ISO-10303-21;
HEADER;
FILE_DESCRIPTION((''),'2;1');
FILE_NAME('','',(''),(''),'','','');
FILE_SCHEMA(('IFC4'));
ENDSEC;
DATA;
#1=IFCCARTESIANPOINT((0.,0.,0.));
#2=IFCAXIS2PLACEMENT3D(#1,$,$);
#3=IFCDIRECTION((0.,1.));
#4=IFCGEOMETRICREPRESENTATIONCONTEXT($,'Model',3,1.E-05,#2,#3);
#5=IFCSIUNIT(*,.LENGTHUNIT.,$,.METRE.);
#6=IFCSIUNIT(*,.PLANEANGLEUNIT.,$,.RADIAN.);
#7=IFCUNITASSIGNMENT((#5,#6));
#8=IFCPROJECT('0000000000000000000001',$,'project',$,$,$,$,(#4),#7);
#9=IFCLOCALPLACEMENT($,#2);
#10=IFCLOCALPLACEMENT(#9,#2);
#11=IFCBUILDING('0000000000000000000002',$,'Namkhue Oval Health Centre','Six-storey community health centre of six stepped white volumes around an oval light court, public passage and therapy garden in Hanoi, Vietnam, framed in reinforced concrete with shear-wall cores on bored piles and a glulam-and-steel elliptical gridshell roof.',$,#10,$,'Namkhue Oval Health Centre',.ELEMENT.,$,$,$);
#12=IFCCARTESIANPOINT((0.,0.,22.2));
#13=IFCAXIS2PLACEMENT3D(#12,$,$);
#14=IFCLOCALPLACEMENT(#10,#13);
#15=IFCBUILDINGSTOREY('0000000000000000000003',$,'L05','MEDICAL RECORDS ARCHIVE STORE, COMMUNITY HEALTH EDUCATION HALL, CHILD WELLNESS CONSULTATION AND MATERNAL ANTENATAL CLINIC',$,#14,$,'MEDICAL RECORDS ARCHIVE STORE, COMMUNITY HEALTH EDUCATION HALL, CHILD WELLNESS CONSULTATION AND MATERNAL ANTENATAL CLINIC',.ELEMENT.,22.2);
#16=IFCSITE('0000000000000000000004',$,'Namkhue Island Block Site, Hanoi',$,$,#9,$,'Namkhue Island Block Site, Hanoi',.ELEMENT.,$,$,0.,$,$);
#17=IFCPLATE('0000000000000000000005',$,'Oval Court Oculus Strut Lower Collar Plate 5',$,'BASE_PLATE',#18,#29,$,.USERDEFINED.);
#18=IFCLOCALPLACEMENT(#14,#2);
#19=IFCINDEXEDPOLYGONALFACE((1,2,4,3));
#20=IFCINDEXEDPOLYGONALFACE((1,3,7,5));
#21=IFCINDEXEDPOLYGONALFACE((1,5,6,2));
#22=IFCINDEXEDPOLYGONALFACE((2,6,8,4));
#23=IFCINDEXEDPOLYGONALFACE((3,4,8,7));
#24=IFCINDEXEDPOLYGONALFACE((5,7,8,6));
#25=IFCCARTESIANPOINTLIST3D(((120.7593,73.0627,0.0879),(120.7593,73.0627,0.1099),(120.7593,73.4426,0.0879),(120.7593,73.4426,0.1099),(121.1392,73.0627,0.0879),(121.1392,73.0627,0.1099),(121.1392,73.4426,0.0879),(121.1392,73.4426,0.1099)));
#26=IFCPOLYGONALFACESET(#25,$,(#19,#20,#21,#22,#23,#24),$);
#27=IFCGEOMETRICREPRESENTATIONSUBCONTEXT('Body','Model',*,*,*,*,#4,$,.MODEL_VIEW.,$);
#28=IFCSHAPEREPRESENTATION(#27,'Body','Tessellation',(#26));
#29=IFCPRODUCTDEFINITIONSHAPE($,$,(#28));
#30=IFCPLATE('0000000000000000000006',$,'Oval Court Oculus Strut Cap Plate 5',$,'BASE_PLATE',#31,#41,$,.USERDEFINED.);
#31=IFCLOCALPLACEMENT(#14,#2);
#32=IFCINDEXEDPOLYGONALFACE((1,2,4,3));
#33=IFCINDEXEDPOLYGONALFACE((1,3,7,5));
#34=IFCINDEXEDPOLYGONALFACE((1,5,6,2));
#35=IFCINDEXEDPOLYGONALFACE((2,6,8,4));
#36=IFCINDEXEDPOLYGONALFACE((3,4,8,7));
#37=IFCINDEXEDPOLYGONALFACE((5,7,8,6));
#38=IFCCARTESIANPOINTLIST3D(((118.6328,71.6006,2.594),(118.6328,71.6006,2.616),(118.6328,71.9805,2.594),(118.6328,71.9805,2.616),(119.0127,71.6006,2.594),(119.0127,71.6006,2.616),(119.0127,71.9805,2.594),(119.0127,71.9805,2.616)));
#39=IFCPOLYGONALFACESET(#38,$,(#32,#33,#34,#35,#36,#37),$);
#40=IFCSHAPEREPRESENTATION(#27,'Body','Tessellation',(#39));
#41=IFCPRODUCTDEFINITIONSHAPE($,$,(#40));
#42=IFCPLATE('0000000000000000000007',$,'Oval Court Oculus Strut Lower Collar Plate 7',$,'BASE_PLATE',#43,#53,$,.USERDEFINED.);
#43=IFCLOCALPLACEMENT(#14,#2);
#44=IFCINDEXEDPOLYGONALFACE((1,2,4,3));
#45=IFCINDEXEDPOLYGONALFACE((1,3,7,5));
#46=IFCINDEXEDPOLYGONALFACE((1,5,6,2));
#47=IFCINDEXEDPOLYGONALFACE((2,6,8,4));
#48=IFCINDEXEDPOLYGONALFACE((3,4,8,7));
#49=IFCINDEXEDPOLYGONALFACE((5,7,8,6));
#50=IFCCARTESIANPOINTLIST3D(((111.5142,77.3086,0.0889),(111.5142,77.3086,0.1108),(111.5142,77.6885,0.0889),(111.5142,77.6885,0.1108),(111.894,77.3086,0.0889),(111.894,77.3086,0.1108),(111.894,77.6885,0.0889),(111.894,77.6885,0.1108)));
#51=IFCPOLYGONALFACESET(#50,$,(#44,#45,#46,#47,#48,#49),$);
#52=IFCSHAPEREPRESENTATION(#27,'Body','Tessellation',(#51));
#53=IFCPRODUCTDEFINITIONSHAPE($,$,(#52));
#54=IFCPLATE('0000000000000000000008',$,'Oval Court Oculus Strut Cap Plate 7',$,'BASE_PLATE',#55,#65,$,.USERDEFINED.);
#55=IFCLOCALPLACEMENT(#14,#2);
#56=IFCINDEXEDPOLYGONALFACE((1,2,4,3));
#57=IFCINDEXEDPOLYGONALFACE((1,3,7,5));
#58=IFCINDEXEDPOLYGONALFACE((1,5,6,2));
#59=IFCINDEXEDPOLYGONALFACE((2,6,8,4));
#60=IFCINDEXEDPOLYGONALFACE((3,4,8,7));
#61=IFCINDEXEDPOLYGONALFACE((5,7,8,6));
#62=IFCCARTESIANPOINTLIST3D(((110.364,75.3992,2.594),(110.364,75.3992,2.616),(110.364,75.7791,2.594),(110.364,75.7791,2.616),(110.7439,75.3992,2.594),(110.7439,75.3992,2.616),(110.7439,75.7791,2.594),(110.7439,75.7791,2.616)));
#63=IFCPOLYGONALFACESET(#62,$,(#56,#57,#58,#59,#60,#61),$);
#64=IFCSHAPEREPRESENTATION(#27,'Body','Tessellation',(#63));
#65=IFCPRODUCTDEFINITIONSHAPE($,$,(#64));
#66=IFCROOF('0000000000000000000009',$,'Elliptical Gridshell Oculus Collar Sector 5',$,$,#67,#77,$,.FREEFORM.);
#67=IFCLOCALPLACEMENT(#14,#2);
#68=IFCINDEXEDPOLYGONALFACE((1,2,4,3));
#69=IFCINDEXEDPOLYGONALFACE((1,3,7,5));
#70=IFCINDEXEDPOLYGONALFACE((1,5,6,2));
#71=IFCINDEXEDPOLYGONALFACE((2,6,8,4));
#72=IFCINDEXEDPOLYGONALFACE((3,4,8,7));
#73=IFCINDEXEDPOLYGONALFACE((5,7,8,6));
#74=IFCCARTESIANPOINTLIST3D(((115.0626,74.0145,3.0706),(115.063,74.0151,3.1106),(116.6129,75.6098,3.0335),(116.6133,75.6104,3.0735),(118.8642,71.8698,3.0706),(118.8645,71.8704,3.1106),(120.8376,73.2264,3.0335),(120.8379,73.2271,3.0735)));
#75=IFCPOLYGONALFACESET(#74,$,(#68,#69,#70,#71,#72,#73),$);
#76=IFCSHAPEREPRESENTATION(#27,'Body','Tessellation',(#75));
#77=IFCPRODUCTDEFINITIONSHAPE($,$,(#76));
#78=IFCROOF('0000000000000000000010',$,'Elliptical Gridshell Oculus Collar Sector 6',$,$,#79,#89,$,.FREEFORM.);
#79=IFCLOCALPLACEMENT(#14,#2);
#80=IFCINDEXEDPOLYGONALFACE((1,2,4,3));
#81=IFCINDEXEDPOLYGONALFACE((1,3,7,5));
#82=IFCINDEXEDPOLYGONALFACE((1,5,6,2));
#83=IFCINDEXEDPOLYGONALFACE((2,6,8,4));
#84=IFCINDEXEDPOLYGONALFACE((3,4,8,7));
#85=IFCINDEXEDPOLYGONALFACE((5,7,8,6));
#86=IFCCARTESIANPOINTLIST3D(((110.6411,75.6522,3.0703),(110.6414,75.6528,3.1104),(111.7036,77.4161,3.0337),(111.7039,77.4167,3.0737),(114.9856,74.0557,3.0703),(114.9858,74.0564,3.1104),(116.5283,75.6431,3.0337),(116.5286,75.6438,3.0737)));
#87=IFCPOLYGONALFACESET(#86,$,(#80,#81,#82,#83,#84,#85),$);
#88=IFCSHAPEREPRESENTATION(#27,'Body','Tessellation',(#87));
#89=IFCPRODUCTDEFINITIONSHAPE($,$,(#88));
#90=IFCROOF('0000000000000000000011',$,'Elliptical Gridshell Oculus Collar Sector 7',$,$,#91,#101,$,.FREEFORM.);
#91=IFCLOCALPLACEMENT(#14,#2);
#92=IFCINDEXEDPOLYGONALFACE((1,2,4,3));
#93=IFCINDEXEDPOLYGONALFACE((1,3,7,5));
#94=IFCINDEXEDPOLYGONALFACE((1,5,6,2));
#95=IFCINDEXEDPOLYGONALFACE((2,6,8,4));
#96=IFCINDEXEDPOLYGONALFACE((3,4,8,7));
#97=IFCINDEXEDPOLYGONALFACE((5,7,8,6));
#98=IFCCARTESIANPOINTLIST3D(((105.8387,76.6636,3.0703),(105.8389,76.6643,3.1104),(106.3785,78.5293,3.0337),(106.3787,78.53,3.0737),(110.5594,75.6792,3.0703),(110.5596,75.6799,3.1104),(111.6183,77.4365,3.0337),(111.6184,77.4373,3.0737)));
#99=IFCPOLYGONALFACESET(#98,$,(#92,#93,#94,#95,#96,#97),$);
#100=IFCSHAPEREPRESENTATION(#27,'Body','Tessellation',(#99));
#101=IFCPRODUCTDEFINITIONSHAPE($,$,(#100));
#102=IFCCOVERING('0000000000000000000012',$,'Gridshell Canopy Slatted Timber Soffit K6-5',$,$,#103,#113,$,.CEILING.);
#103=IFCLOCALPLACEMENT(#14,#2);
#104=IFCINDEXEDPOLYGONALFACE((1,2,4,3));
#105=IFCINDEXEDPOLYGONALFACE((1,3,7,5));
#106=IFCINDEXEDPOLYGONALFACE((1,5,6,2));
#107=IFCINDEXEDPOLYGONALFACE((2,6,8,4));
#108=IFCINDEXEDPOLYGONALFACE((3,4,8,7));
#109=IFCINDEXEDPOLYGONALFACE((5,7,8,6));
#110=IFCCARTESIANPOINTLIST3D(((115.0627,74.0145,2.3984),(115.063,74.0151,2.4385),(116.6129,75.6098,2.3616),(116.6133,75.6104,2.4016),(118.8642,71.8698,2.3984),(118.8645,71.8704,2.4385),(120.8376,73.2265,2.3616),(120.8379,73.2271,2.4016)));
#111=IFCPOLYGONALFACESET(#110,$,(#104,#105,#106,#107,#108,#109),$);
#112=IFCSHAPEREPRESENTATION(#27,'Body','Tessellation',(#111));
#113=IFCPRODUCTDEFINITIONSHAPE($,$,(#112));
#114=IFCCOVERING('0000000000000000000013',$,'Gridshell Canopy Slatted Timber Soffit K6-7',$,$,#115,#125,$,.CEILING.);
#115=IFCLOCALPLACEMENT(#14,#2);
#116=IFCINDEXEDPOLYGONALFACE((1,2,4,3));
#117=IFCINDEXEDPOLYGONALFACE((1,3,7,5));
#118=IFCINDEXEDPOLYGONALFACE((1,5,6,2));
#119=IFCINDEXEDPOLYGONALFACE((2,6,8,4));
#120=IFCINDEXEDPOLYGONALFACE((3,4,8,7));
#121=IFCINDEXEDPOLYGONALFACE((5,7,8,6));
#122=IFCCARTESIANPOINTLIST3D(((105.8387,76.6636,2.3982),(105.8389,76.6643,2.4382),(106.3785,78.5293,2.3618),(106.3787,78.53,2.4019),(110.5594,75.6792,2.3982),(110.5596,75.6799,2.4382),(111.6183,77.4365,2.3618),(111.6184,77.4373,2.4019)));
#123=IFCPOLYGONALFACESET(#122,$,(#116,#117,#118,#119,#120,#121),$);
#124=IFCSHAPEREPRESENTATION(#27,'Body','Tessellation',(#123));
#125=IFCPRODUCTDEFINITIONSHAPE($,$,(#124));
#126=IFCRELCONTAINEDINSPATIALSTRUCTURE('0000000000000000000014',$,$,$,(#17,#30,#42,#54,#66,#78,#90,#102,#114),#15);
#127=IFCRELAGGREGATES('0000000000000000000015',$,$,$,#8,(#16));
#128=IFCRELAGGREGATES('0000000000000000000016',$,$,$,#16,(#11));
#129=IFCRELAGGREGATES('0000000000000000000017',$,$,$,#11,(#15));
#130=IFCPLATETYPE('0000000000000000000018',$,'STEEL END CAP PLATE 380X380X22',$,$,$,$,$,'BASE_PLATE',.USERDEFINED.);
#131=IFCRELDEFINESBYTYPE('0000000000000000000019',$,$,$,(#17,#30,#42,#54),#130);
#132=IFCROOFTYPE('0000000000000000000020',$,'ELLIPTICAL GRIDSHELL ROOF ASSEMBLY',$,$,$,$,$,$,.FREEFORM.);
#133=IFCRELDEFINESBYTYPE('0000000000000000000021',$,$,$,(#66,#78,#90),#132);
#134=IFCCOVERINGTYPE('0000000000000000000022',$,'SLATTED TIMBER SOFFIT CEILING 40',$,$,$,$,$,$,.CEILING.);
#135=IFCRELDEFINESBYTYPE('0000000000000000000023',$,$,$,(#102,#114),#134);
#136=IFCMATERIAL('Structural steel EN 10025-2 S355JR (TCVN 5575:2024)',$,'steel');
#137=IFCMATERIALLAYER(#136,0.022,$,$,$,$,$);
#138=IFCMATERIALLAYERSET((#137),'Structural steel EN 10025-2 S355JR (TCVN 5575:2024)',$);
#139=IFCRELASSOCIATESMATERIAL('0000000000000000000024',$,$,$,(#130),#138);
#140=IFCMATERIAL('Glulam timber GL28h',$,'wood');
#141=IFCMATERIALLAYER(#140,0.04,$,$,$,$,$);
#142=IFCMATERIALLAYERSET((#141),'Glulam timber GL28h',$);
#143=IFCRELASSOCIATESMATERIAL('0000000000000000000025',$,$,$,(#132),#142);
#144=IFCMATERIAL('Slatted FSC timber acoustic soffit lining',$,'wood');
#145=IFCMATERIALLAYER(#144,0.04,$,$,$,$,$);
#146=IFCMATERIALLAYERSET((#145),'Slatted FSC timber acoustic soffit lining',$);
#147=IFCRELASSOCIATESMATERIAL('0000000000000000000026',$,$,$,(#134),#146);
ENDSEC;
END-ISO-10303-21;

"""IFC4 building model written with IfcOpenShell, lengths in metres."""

from ifc_helpers import new_model, si_unit, direction, frame, origin, origin_2d, place, context, subcontext, project, spatial, polyline, rectangle, outline, extrude, material, layer, layer_set, type_object, element, save


model = new_model("IFC4")

# Units and contexts
model_context = context("Model", 3, precision=1e-05, world=origin(), true_north=direction((0.0, 1.0)))
body_context = subcontext(model_context, "Body", "Model", "MODEL_VIEW")
ifc_project = project(units=[si_unit("LENGTHUNIT", "METRE"), si_unit("PLANEANGLEUNIT", "RADIAN")], contexts=[model_context])

# Site, building, storey
site_placement = place(None, origin())
site = spatial("IfcSite", under=ifc_project, at=site_placement, Name="Namkhue Island Block Site, Hanoi", LongName="Namkhue Island Block Site, Hanoi", CompositionType="ELEMENT", RefElevation=0.0)
building_placement = place(site_placement, origin())
building = spatial("IfcBuilding", under=site, at=building_placement, Name="Namkhue Oval Health Centre", Description="Six-storey community health centre of six stepped white volumes around an oval light court, public passage and therapy garden in Hanoi, Vietnam, framed in reinforced concrete with shear-wall cores on bored piles and a glulam-and-steel elliptical gridshell roof.", LongName="Namkhue Oval Health Centre", CompositionType="ELEMENT")
storey_placement = place(building_placement, frame((0.0, 0.0, 22.2)))
storey = spatial("IfcBuildingStorey", under=building, at=storey_placement, Name="L05", Description="MEDICAL RECORDS ARCHIVE STORE, COMMUNITY HEALTH EDUCATION HALL, CHILD WELLNESS CONSULTATION AND MATERNAL ANTENATAL CLINIC", LongName="MEDICAL RECORDS ARCHIVE STORE, COMMUNITY HEALTH EDUCATION HALL, CHILD WELLNESS CONSULTATION AND MATERNAL ANTENATAL CLINIC", CompositionType="ELEMENT", Elevation=22.2)

# Shared definitions
ifc_material_1 = material(Name="Structural steel EN 10025-2 S355JR (TCVN 5575:2024)", Category="steel")
ifc_material_2 = material(Name="Glulam timber GL28h", Category="wood")

# Plates
ifc_layer_1 = layer(ifc_material_1, 0.022)
ifc_layer_set_1 = layer_set([ifc_layer_1], Name="Structural steel EN 10025-2 S355JR (TCVN 5575:2024)")
plate_type_1 = type_object("IfcPlateType", Name="STEEL END CAP PLATE 380X380X22", ElementType="BASE_PLATE", PredefinedType="USERDEFINED", material=ifc_layer_set_1)
for number, where, z_axis, x_axis, name in (
    (1, (120.9492, 73.2527, 0.0879), (0.0, 0.0, 1.0), (1.0, 0.0, 0.0), "Oval Court Oculus Strut Lower Collar Plate 5"),
    (2, (118.8228, 71.7905, 2.594), (0.0, 0.0, 1.0), (1.0, 0.0, 0.0), "Oval Court Oculus Strut Cap Plate 5"),
    (3, (111.7041, 77.4985, 0.0889), (0.0, 0.0, 1.0), (1.0, 0.0, 0.0), "Oval Court Oculus Strut Lower Collar Plate 7"),
    (4, (110.554, 75.5891, 2.594), (0.0, 0.0, 1.0), (1.0, 0.0, 0.0), "Oval Court Oculus Strut Cap Plate 7"),
):
    element("IfcPlate", number, at=place(storey_placement, frame(where, z_axis=z_axis, x_axis=x_axis)), inside=storey, type_object=plate_type_1, Name=name, ObjectType="BASE_PLATE", PredefinedType="USERDEFINED", context=body_context, shape_type="SweptSolid", body=[
        extrude(rectangle(XDim=0.3799, YDim=0.3799, at=origin_2d()), origin(), (0.0, 0.0, 1.0), 0.022),
    ])

# Roofs
ifc_layer_2 = layer(ifc_material_2, 0.04)
ifc_layer_set_2 = layer_set([ifc_layer_2], Name="Glulam timber GL28h")
roof_type = type_object("IfcRoofType", Name="ELLIPTICAL GRIDSHELL ROOF ASSEMBLY", PredefinedType="FREEFORM", material=ifc_layer_set_2)
roof_1_placement = place(storey_placement, frame((120.8379, 73.2271, 3.0735), z_axis=(0.008475, 0.015022, 0.999851), x_axis=(-0.870962, 0.491351, 0.0)))
element("IfcRoof", 5, at=roof_1_placement, inside=storey, type_object=roof_type, Name="Elliptical Gridshell Oculus Collar Sector 5", PredefinedType="FREEFORM", context=body_context, shape_type="SweptSolid", body=[
    extrude(outline(polyline([(0.0, 0.0), (4.8505, 0.0), (5.4169, 2.1514), (1.0521, 2.1516), (0.0, 0.0)])), origin(), (0.0, 0.0, -1.0), 0.04),
])
roof_2_placement = place(storey_placement, frame((116.5286, 75.6438, 3.0737), z_axis=(0.006246, 0.016996, 0.999836), x_axis=(-0.938631, 0.344922, 0.0)))
element("IfcRoof", 6, at=roof_2_placement, inside=storey, type_object=roof_type, Name="Elliptical Gridshell Oculus Collar Sector 6", PredefinedType="FREEFORM", context=body_context, shape_type="SweptSolid", body=[
    extrude(outline(polyline([(0.0, 0.0), (5.1402, 0.0), (5.529, 2.0225), (0.9005, 2.0224), (0.0, 0.0)])), origin(), (0.0, 0.0, -1.0), 0.04),
])
roof_3_placement = place(storey_placement, frame((111.6184, 77.4373, 3.0737), z_axis=(0.00386, 0.018509, 0.999821), x_axis=(-0.978937, 0.204162, 0.0)))
element("IfcRoof", 7, at=roof_3_placement, inside=storey, type_object=roof_type, Name="Elliptical Gridshell Oculus Collar Sector 7", PredefinedType="FREEFORM", context=body_context, shape_type="SweptSolid", body=[
    extrude(outline(polyline([(0.0, 0.0), (5.3525, 0.0), (5.5, 1.937), (0.6778, 1.9368), (0.0, 0.0)])), origin(), (0.0, 0.0, -1.0), 0.04),
])

# Coverings
ifc_material_3 = material(Name="Slatted FSC timber acoustic soffit lining", Category="wood")
ifc_layer_3 = layer(ifc_material_3, 0.04)
ifc_layer_set_3 = layer_set([ifc_layer_3], Name="Slatted FSC timber acoustic soffit lining")
covering_type = type_object("IfcCoveringType", Name="SLATTED TIMBER SOFFIT CEILING 40", PredefinedType="CEILING", material=ifc_layer_set_3)
covering_1_placement = place(storey_placement, frame((120.8379, 73.2271, 2.4016), z_axis=(0.008419, 0.014923, 0.999853), x_axis=(-0.870962, 0.491351, 0.0)))
element("IfcCovering", 8, at=covering_1_placement, inside=storey, type_object=covering_type, Name="Gridshell Canopy Slatted Timber Soffit K6-5", PredefinedType="CEILING", context=body_context, shape_type="SweptSolid", body=[
    extrude(outline(polyline([(0.0, 0.0), (4.8505, 0.0), (5.4169, 2.1514), (1.0521, 2.1516), (0.0, 0.0)])), origin(), (0.0, 0.0, -1.0), 0.04),
])
covering_2_placement = place(storey_placement, frame((111.6184, 77.4373, 2.4019), z_axis=(0.003834, 0.018386, 0.999824), x_axis=(-0.978937, 0.204162, 0.0)))
element("IfcCovering", 9, at=covering_2_placement, inside=storey, type_object=covering_type, Name="Gridshell Canopy Slatted Timber Soffit K6-7", PredefinedType="CEILING", context=body_context, shape_type="SweptSolid", body=[
    extrude(outline(polyline([(0.0, 0.0), (5.3525, 0.0), (5.5, 1.937), (0.6778, 1.9368), (0.0, 0.0)])), origin(), (0.0, 0.0, -1.0), 0.04),
])

save(model, "model.ifc")
